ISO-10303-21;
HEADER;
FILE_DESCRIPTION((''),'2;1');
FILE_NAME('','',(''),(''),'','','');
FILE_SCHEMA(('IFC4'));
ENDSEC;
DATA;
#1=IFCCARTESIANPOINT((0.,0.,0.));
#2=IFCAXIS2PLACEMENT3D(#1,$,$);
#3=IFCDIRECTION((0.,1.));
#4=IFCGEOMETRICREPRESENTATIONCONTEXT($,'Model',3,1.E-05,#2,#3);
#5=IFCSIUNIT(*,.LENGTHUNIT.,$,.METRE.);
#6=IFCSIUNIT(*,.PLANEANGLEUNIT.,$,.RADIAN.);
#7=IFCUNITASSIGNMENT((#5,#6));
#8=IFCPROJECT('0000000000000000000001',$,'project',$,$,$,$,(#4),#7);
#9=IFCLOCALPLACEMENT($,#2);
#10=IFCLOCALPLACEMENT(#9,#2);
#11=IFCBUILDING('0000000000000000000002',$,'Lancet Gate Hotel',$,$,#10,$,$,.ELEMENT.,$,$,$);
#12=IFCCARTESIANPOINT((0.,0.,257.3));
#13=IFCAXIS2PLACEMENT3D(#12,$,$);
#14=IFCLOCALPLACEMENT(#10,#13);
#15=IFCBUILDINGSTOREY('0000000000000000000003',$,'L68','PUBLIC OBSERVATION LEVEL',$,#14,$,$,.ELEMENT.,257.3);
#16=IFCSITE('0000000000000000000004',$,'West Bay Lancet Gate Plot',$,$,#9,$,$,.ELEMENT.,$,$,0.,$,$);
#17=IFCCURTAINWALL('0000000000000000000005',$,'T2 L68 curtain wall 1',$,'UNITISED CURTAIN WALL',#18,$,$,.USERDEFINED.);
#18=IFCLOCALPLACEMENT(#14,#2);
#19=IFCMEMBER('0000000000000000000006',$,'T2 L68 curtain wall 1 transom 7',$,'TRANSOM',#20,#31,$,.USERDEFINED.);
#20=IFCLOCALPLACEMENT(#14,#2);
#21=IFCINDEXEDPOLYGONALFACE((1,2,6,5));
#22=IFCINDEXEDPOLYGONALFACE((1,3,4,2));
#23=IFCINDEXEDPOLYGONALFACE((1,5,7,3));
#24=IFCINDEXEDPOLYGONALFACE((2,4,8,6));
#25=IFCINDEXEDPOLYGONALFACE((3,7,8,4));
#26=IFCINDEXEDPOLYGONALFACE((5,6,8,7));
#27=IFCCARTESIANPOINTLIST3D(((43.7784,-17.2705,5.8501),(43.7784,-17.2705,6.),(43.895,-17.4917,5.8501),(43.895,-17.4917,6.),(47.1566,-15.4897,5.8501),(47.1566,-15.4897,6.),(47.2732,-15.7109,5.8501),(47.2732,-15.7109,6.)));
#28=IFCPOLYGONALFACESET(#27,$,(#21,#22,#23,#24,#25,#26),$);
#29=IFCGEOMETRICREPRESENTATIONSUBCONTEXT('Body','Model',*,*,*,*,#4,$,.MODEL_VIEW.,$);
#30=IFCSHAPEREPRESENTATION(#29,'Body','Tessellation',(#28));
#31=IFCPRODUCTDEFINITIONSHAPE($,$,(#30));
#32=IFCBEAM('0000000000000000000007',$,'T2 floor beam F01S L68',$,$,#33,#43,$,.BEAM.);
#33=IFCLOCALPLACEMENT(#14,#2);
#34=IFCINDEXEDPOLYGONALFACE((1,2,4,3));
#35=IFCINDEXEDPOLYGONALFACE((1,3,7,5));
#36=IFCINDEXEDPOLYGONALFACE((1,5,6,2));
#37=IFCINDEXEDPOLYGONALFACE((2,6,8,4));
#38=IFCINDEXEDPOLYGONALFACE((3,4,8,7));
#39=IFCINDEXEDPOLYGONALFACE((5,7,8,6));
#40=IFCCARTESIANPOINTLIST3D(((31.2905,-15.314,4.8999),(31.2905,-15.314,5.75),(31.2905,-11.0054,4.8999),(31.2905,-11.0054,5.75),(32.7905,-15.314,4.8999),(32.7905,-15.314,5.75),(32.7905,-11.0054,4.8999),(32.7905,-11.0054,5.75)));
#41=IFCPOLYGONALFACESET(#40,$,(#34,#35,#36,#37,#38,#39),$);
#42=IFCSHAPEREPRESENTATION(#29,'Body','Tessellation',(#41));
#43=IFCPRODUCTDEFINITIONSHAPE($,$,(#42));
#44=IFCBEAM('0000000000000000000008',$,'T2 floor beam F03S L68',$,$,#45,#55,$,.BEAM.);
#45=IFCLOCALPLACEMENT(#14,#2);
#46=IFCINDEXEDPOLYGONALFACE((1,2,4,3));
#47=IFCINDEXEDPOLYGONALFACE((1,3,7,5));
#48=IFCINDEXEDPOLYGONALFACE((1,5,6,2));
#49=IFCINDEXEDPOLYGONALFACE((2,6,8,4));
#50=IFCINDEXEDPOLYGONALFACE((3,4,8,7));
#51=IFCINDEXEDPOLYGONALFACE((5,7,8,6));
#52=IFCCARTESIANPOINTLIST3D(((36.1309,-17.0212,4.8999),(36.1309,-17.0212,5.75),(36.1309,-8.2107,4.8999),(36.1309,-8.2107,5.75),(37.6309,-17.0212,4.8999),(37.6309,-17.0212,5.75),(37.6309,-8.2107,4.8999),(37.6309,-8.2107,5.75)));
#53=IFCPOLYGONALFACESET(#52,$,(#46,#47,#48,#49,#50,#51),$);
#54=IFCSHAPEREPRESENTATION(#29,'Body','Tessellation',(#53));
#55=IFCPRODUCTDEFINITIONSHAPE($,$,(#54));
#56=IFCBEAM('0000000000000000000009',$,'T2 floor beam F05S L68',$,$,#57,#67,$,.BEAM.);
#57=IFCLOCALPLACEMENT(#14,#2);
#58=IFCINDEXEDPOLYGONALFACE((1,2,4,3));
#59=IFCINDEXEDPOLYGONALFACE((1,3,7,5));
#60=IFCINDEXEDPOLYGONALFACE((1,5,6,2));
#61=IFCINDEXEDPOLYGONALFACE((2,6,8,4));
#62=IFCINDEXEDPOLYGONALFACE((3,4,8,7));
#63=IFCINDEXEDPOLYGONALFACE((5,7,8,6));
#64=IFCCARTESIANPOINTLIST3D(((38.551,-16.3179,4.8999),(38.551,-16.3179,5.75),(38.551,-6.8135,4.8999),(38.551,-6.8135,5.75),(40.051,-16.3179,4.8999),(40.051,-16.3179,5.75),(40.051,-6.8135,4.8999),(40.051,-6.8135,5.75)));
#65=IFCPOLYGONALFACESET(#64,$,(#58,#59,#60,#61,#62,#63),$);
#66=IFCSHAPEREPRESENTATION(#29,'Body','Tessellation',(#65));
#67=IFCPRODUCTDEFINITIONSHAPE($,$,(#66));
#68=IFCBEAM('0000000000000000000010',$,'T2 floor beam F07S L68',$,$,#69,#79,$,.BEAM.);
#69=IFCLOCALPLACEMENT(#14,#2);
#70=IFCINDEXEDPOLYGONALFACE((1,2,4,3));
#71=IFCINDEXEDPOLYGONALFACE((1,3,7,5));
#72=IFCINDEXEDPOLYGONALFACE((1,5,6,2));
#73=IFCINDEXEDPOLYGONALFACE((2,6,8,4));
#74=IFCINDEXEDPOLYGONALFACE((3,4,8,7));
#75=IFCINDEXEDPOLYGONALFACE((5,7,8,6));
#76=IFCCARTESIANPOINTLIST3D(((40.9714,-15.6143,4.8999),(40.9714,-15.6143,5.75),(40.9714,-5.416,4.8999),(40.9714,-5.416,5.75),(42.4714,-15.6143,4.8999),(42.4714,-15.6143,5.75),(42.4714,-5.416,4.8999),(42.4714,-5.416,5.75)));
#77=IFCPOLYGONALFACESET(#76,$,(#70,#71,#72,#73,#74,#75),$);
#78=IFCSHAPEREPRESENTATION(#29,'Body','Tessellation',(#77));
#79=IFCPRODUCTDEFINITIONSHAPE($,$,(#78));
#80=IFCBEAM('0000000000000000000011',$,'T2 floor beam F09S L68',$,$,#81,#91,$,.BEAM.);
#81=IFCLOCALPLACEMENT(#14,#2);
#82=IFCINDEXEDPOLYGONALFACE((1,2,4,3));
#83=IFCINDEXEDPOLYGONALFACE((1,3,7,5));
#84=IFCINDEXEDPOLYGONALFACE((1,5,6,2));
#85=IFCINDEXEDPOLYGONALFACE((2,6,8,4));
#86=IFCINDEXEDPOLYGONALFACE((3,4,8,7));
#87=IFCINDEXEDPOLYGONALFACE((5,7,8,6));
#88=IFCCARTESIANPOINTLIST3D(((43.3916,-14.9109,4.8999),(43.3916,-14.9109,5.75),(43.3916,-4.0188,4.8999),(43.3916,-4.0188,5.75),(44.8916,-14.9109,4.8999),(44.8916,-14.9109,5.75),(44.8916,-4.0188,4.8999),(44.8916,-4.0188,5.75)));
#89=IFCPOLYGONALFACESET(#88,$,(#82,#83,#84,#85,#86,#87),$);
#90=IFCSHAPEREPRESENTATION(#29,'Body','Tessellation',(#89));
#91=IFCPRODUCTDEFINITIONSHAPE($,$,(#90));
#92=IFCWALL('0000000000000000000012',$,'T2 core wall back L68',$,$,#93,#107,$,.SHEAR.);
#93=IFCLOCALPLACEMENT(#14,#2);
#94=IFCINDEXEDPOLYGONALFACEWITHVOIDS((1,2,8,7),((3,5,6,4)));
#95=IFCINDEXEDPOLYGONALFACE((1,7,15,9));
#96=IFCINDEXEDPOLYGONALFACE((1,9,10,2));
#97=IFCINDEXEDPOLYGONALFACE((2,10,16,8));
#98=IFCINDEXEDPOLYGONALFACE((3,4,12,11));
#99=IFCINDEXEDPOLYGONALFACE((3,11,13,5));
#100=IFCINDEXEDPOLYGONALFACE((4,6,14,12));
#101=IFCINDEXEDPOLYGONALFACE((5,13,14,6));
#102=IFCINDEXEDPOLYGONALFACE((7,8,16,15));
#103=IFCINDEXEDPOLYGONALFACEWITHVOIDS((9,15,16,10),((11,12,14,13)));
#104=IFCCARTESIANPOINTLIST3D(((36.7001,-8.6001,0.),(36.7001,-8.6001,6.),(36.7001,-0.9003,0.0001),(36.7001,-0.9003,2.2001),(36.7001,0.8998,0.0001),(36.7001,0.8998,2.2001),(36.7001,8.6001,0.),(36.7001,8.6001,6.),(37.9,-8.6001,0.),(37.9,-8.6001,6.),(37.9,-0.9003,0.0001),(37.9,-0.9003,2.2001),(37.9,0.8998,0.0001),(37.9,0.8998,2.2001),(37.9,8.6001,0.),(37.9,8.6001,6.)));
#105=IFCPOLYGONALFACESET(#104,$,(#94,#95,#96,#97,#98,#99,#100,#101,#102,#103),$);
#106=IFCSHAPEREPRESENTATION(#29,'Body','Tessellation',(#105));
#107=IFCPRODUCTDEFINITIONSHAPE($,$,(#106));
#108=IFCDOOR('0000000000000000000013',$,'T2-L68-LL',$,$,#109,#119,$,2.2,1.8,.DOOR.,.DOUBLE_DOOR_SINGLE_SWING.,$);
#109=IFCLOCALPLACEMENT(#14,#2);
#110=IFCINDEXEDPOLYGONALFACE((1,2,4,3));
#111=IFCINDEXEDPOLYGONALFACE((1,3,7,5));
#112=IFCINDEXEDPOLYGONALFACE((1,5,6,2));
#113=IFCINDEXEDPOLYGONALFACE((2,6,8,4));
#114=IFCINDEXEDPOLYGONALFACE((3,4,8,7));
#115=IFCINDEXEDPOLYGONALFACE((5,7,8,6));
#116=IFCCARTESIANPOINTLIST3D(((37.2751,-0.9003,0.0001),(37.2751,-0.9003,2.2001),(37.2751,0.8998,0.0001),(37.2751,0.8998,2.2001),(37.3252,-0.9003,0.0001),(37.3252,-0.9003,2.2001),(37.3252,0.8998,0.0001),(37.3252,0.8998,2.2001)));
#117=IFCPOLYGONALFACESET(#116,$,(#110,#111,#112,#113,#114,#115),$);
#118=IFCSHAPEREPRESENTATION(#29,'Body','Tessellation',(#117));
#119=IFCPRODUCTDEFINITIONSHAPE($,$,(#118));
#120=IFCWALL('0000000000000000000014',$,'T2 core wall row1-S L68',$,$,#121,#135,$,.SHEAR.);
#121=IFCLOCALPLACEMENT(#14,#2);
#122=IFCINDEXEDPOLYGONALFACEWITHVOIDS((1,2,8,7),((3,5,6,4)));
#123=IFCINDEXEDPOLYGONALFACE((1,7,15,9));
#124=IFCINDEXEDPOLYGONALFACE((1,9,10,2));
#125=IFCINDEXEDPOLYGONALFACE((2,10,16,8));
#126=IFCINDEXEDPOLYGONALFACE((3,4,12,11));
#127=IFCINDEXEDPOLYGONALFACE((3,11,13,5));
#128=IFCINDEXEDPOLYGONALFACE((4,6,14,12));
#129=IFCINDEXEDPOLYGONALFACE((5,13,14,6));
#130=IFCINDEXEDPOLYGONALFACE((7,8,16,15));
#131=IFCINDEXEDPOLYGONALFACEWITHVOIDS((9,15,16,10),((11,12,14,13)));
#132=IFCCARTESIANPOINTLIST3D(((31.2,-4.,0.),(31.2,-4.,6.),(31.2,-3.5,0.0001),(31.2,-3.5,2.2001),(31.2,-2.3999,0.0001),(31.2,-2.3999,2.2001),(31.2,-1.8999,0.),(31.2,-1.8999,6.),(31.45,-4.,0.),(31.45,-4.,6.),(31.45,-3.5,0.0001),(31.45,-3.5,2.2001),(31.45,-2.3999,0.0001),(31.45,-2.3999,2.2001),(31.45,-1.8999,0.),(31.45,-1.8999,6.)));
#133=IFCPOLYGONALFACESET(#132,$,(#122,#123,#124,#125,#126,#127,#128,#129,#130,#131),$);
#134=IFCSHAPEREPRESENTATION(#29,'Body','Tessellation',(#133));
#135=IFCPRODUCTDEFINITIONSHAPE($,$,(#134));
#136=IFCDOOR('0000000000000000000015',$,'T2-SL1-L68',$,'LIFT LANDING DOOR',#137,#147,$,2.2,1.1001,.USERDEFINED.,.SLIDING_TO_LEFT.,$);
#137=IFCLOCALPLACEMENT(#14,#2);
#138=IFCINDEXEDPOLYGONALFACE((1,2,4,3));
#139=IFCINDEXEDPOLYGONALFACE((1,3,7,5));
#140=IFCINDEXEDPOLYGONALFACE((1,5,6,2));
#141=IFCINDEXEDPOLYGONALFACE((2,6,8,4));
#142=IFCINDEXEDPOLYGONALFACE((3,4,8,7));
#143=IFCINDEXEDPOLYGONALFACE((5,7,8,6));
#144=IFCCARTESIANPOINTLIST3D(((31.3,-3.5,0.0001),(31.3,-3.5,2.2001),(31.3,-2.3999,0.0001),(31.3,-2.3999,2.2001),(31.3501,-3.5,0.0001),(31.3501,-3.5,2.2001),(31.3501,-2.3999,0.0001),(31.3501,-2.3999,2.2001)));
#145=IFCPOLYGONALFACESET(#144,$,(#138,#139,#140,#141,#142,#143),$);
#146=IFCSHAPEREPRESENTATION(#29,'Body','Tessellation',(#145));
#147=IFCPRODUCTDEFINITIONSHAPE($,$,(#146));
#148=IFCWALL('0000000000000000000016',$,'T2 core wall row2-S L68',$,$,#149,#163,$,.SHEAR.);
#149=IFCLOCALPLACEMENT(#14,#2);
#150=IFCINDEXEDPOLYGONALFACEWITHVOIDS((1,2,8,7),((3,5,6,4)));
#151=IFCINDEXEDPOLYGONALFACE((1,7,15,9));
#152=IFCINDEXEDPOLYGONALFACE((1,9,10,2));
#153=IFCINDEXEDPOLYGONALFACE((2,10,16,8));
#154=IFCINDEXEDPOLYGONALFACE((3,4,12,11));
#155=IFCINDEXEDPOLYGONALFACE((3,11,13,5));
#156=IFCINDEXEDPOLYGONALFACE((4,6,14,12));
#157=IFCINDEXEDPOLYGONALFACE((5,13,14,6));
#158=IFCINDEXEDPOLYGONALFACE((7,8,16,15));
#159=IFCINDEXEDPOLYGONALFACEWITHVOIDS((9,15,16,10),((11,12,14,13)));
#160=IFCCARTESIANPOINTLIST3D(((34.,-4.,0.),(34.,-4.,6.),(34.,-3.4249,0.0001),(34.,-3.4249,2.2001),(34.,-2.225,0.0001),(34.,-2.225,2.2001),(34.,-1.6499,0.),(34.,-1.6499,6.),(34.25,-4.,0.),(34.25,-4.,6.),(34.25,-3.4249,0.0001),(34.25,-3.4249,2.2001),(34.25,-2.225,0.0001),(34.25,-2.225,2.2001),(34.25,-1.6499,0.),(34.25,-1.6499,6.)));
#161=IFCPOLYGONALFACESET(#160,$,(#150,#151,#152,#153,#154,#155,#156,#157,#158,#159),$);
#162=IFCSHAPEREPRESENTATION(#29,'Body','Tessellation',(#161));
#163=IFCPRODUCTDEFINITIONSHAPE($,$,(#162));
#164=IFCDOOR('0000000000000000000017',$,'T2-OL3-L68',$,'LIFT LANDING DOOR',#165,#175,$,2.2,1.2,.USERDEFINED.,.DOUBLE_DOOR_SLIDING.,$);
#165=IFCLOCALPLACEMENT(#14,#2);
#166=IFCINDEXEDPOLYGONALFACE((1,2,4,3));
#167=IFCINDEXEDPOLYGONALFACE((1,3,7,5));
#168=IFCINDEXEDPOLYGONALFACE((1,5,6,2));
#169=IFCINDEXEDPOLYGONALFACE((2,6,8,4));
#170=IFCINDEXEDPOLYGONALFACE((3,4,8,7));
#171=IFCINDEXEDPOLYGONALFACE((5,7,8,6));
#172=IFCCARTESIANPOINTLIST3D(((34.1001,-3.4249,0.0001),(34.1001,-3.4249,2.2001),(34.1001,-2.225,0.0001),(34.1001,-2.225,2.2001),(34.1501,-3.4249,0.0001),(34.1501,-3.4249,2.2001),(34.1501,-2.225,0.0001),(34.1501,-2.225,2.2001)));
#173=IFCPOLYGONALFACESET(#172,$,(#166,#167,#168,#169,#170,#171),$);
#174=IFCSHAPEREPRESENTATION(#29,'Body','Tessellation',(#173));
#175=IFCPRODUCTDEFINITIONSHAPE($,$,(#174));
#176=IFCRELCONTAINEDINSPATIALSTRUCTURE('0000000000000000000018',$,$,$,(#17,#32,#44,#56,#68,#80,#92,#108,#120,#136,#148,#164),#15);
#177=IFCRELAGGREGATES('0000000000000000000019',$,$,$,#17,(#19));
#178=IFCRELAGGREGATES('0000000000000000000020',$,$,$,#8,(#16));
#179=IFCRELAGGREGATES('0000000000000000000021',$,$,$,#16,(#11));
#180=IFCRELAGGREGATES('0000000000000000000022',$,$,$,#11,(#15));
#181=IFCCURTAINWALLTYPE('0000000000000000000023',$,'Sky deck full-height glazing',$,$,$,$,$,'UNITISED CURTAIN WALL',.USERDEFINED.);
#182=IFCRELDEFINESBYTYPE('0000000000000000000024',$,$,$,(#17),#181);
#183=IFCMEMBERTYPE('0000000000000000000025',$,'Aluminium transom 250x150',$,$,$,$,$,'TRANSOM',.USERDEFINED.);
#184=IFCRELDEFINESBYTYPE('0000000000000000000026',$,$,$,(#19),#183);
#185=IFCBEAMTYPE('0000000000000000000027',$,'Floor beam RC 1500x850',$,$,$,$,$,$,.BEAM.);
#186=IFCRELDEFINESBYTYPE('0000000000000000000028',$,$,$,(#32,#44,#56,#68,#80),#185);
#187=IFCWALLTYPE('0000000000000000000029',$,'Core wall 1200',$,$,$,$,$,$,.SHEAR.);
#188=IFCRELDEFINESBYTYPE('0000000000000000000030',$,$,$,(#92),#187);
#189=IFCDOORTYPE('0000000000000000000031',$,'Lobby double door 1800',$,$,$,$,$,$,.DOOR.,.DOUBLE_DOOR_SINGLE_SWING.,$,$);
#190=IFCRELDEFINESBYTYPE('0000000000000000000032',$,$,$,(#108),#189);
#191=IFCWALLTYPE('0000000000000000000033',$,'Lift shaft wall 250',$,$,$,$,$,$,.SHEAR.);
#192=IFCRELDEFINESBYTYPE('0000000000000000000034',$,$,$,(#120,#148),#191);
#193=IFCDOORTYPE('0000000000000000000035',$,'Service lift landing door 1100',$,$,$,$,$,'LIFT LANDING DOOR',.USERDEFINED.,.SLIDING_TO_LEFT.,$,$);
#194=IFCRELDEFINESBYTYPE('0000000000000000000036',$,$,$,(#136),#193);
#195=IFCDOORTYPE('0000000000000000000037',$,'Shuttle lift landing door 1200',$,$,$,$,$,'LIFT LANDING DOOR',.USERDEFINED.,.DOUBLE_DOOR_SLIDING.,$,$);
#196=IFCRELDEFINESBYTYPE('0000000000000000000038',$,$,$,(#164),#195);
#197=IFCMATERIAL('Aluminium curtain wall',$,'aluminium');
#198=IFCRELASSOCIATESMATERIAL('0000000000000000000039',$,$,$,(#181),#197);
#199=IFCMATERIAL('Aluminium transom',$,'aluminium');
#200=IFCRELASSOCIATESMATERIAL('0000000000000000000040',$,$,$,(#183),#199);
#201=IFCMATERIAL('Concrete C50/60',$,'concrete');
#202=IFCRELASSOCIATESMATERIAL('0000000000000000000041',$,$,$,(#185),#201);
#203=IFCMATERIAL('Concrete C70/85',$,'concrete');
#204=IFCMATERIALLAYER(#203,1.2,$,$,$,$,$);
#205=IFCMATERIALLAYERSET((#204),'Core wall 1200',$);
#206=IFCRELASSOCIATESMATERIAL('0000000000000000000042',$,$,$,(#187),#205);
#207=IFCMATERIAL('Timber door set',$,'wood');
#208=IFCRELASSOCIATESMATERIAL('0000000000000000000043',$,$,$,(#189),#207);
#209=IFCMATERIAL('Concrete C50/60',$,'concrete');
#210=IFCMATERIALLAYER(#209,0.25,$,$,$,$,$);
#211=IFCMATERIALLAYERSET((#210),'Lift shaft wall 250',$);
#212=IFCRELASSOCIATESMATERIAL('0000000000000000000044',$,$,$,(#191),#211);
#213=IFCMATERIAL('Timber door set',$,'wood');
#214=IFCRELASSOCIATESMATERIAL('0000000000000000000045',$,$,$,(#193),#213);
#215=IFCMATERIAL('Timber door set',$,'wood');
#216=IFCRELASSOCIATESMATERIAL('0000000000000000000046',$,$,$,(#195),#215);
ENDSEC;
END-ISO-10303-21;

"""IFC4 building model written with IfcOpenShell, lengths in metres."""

from ifc_helpers import new_model, si_unit, direction, frame, frame_2d, origin, origin_2d, place, context, subcontext, project, spatial, rectangle, extrude, material, layer, layer_set, material_profile, profile_set, type_object, element, fill, aggregate, save


model = new_model("IFC4")

# Units and contexts
model_context = context("Model", 3, precision=1e-05, world=origin(), true_north=direction((0.0, 1.0)))
body_context = subcontext(model_context, "Body", "Model", "MODEL_VIEW")
ifc_project = project(units=[si_unit("LENGTHUNIT", "METRE"), si_unit("PLANEANGLEUNIT", "RADIAN")], contexts=[model_context])

# Site, building, storey
site_placement = place(None, origin())
site = spatial("IfcSite", under=ifc_project, at=site_placement, Name="West Bay Lancet Gate Plot", CompositionType="ELEMENT", RefElevation=0.0)
building_placement = place(site_placement, origin())
building = spatial("IfcBuilding", under=site, at=building_placement, Name="Lancet Gate Hotel", CompositionType="ELEMENT")
storey_placement = place(building_placement, frame((0.0, 0.0, 257.3)))
storey = spatial("IfcBuildingStorey", under=building, at=storey_placement, Name="L68", Description="PUBLIC OBSERVATION LEVEL", CompositionType="ELEMENT", Elevation=257.3)

# Curtain wall, member
ifc_material_1 = material(Name="Aluminium curtain wall", Category="aluminium")
curtain_wall_type = type_object("IfcCurtainWallType", Name="Sky deck full-height glazing", ElementType="UNITISED CURTAIN WALL", PredefinedType="USERDEFINED", material=ifc_material_1)
curtain_wall_placement = place(storey_placement, origin())
curtain_wall = element("IfcCurtainWall", 1, at=curtain_wall_placement, inside=storey, type_object=curtain_wall_type, Name="T2 L68 curtain wall 1", ObjectType="UNITISED CURTAIN WALL", PredefinedType="USERDEFINED")
ifc_material_2 = material(Name="Aluminium transom", Category="aluminium")
ifc_material_profile_1 = material_profile(ifc_material_2, rectangle(XDim=0.25, YDim=0.1499, at=origin_2d()), Name="TRANSOM 250x150")
ifc_profile_set_1 = profile_set([ifc_material_profile_1], Name="Aluminium transom")
member_type = type_object("IfcMemberType", Name="Aluminium transom 250x150", ElementType="TRANSOM", PredefinedType="USERDEFINED", material=ifc_profile_set_1)
member_placement = place(storey_placement, frame((43.8367, -17.3811, 5.925), z_axis=(0.884618, 0.466315, 0.0), x_axis=(-0.466315, 0.884618, 0.0)))
member = element("IfcMember", 2, at=member_placement, type_object=member_type, Name="T2 L68 curtain wall 1 transom 7", ObjectType="TRANSOM", PredefinedType="USERDEFINED", context=body_context, shape_type="SweptSolid", body=[
    extrude(rectangle(XDim=0.25, YDim=0.1499, at=origin_2d()), origin(), (0.0, 0.0, 1.0), 3.8188),
])
aggregate(curtain_wall, [member])

# Beams
ifc_material_3 = material(Name="Concrete C50/60", Category="concrete")
ifc_material_profile_2 = material_profile(ifc_material_3, rectangle(XDim=1.5, YDim=0.8501, at=origin_2d()), Name="RC 1500x850")
ifc_profile_set_2 = profile_set([ifc_material_profile_2], Name="Concrete C50/60")
beam_type = type_object("IfcBeamType", Name="Floor beam RC 1500x850", PredefinedType="BEAM", material=ifc_profile_set_2)
beam_1_placement = place(storey_placement, frame((32.0405, -15.314, 5.325), z_axis=(0.0, 1.0, 0.0), x_axis=(-1.0, 0.0, 0.0)))
element("IfcBeam", 3, at=beam_1_placement, inside=storey, type_object=beam_type, Name="T2 floor beam F01S L68", PredefinedType="BEAM", context=body_context, shape_type="SweptSolid", body=[
    extrude(rectangle(XDim=1.5, YDim=0.8501, at=origin_2d()), origin(), (0.0, 0.0, 1.0), 4.3086),
])
beam_2_placement = place(storey_placement, frame((36.8809, -17.0212, 5.325), z_axis=(0.0, 1.0, 0.0), x_axis=(-1.0, 0.0, 0.0)))
element("IfcBeam", 4, at=beam_2_placement, inside=storey, type_object=beam_type, Name="T2 floor beam F03S L68", PredefinedType="BEAM", context=body_context, shape_type="SweptSolid", body=[
    extrude(rectangle(XDim=1.5, YDim=0.8501, at=origin_2d()), origin(), (0.0, 0.0, 1.0), 8.8105),
])
beam_3_placement = place(storey_placement, frame((39.301, -16.3179, 5.325), z_axis=(0.0, 1.0, 0.0), x_axis=(-1.0, 0.0, 0.0)))
element("IfcBeam", 5, at=beam_3_placement, inside=storey, type_object=beam_type, Name="T2 floor beam F05S L68", PredefinedType="BEAM", context=body_context, shape_type="SweptSolid", body=[
    extrude(rectangle(XDim=1.5, YDim=0.8501, at=origin_2d()), origin(), (0.0, 0.0, 1.0), 9.5044),
])
beam_4_placement = place(storey_placement, frame((41.7214, -15.6143, 5.325), z_axis=(0.0, 1.0, 0.0), x_axis=(-1.0, 0.0, 0.0)))
element("IfcBeam", 6, at=beam_4_placement, inside=storey, type_object=beam_type, Name="T2 floor beam F07S L68", PredefinedType="BEAM", context=body_context, shape_type="SweptSolid", body=[
    extrude(rectangle(XDim=1.5, YDim=0.8501, at=origin_2d()), origin(), (0.0, 0.0, 1.0), 10.1982),
])
beam_5_placement = place(storey_placement, frame((44.1416, -14.9109, 5.325), z_axis=(0.0, 1.0, 0.0), x_axis=(-1.0, 0.0, 0.0)))
element("IfcBeam", 7, at=beam_5_placement, inside=storey, type_object=beam_type, Name="T2 floor beam F09S L68", PredefinedType="BEAM", context=body_context, shape_type="SweptSolid", body=[
    extrude(rectangle(XDim=1.5, YDim=0.8501, at=origin_2d()), origin(), (0.0, 0.0, 1.0), 10.8921),
])

# Walls, openings, doors
ifc_material_4 = material(Name="Concrete C70/85", Category="concrete")
ifc_layer_1 = layer(ifc_material_4, 1.2)
ifc_layer_set_1 = layer_set([ifc_layer_1], Name="Core wall 1200")
wall_type_1 = type_object("IfcWallType", Name="Core wall 1200", PredefinedType="SHEAR", material=ifc_layer_set_1)
wall_1_placement = place(storey_placement, frame((37.3, -8.6001, 0.0), z_axis=(0.0, 0.0, 1.0), x_axis=(0.0, 1.0, 0.0)))
wall_1 = element("IfcWall", 8, at=wall_1_placement, inside=storey, type_object=wall_type_1, Name="T2 core wall back L68", PredefinedType="SHEAR", context=body_context, shape_type="SweptSolid", body=[
    extrude(rectangle(XDim=17.2002, YDim=1.2, at=frame_2d((8.6001, 0.0))), origin(), (0.0, 0.0, 1.0), 6.0),
])
opening_1_placement = place(wall_1_placement, frame((7.7, 0.0, 0.0)))
opening_1 = element("IfcOpeningElement", 9, at=opening_1_placement, cuts=wall_1, PredefinedType="OPENING", context=body_context, shape_type="SweptSolid", body=[
    extrude(rectangle(XDim=1.8, YDim=2.2, at=frame_2d((0.8999, 1.1001))), frame((0.0, 0.6099, 0.0), z_axis=(0.0, -1.0, 0.0), x_axis=(1.0, 0.0, 0.0)), (0.0, 0.0, 1.0), 1.22),
])
ifc_material_5 = material(Name="Timber door set", Category="wood")
door_type_1 = type_object("IfcDoorType", Name="Lobby double door 1800", OperationType="DOUBLE_DOOR_SINGLE_SWING", PredefinedType="DOOR", material=ifc_material_5)
door_1_placement = place(opening_1_placement, origin())
door_1 = element("IfcDoor", 10, at=door_1_placement, inside=storey, type_object=door_type_1, Name="T2-L68-LL", OperationType="DOUBLE_DOOR_SINGLE_SWING", OverallHeight=2.2, OverallWidth=1.8, PredefinedType="DOOR", context=body_context, shape_type="SweptSolid", body=[
    extrude(rectangle(XDim=1.8, YDim=2.2, at=frame_2d((0.8999, 1.1001))), frame((0.0, 0.0249, 0.0), z_axis=(0.0, -1.0, 0.0), x_axis=(1.0, 0.0, 0.0)), (0.0, 0.0, 1.0), 0.05),
])
fill(opening_1, door_1)
ifc_material_6 = material(Name="Concrete C50/60", Category="concrete")
ifc_layer_2 = layer(ifc_material_6, 0.25)
ifc_layer_set_2 = layer_set([ifc_layer_2], Name="Lift shaft wall 250")
wall_type_2 = type_object("IfcWallType", Name="Lift shaft wall 250", PredefinedType="SHEAR", material=ifc_layer_set_2)
wall_2_placement = place(storey_placement, frame((31.325, -4.0, 0.0), z_axis=(0.0, 0.0, 1.0), x_axis=(0.0, 1.0, 0.0)))
wall_2 = element("IfcWall", 11, at=wall_2_placement, inside=storey, type_object=wall_type_2, Name="T2 core wall row1-S L68", PredefinedType="SHEAR", context=body_context, shape_type="SweptSolid", body=[
    extrude(rectangle(XDim=2.1001, YDim=0.25, at=frame_2d((1.05, 0.0))), origin(), (0.0, 0.0, 1.0), 6.0),
])
opening_2_placement = place(wall_2_placement, frame((0.5, 0.0, 0.0)))
opening_2 = element("IfcOpeningElement", 12, at=opening_2_placement, cuts=wall_2, PredefinedType="OPENING", context=body_context, shape_type="SweptSolid", body=[
    extrude(rectangle(XDim=1.1001, YDim=2.2, at=frame_2d((0.55, 1.1001))), frame((0.0, 0.135, 0.0), z_axis=(0.0, -1.0, 0.0), x_axis=(1.0, 0.0, 0.0)), (0.0, 0.0, 1.0), 0.27),
])
ifc_material_7 = material(Name="Timber door set", Category="wood")
door_type_2 = type_object("IfcDoorType", Name="Service lift landing door 1100", ElementType="LIFT LANDING DOOR", OperationType="SLIDING_TO_LEFT", PredefinedType="USERDEFINED", material=ifc_material_7)
door_2_placement = place(opening_2_placement, origin())
door_2 = element("IfcDoor", 13, at=door_2_placement, inside=storey, type_object=door_type_2, Name="T2-SL1-L68", ObjectType="LIFT LANDING DOOR", OperationType="SLIDING_TO_LEFT", OverallHeight=2.2, OverallWidth=1.1001, PredefinedType="USERDEFINED", context=body_context, shape_type="SweptSolid", body=[
    extrude(rectangle(XDim=1.1001, YDim=2.2, at=frame_2d((0.55, 1.1001))), frame((0.0, 0.0249, 0.0), z_axis=(0.0, -1.0, 0.0), x_axis=(1.0, 0.0, 0.0)), (0.0, 0.0, 1.0), 0.05),
])
fill(opening_2, door_2)
wall_3_placement = place(storey_placement, frame((34.125, -4.0, 0.0), z_axis=(0.0, 0.0, 1.0), x_axis=(0.0, 1.0, 0.0)))
wall_3 = element("IfcWall", 14, at=wall_3_placement, inside=storey, type_object=wall_type_2, Name="T2 core wall row2-S L68", PredefinedType="SHEAR", context=body_context, shape_type="SweptSolid", body=[
    extrude(rectangle(XDim=2.3501, YDim=0.25, at=frame_2d((1.175, 0.0))), origin(), (0.0, 0.0, 1.0), 6.0),
])
opening_3_placement = place(wall_3_placement, frame((0.575, 0.0, 0.0)))
opening_3 = element("IfcOpeningElement", 15, at=opening_3_placement, cuts=wall_3, PredefinedType="OPENING", context=body_context, shape_type="SweptSolid", body=[
    extrude(rectangle(XDim=1.2, YDim=2.2, at=frame_2d((0.6001, 1.1001))), frame((0.0, 0.135, 0.0), z_axis=(0.0, -1.0, 0.0), x_axis=(1.0, 0.0, 0.0)), (0.0, 0.0, 1.0), 0.27),
])
ifc_material_8 = material(Name="Timber door set", Category="wood")
door_type_3 = type_object("IfcDoorType", Name="Shuttle lift landing door 1200", ElementType="LIFT LANDING DOOR", OperationType="DOUBLE_DOOR_SLIDING", PredefinedType="USERDEFINED", material=ifc_material_8)
door_3_placement = place(opening_3_placement, origin())
door_3 = element("IfcDoor", 16, at=door_3_placement, inside=storey, type_object=door_type_3, Name="T2-OL3-L68", ObjectType="LIFT LANDING DOOR", OperationType="DOUBLE_DOOR_SLIDING", OverallHeight=2.2, OverallWidth=1.2, PredefinedType="USERDEFINED", context=body_context, shape_type="SweptSolid", body=[
    extrude(rectangle(XDim=1.2, YDim=2.2, at=frame_2d((0.6001, 1.1001))), frame((0.0, 0.0249, 0.0), z_axis=(0.0, -1.0, 0.0), x_axis=(1.0, 0.0, 0.0)), (0.0, 0.0, 1.0), 0.05),
])
fill(opening_3, door_3)

save(model, "model.ifc")
